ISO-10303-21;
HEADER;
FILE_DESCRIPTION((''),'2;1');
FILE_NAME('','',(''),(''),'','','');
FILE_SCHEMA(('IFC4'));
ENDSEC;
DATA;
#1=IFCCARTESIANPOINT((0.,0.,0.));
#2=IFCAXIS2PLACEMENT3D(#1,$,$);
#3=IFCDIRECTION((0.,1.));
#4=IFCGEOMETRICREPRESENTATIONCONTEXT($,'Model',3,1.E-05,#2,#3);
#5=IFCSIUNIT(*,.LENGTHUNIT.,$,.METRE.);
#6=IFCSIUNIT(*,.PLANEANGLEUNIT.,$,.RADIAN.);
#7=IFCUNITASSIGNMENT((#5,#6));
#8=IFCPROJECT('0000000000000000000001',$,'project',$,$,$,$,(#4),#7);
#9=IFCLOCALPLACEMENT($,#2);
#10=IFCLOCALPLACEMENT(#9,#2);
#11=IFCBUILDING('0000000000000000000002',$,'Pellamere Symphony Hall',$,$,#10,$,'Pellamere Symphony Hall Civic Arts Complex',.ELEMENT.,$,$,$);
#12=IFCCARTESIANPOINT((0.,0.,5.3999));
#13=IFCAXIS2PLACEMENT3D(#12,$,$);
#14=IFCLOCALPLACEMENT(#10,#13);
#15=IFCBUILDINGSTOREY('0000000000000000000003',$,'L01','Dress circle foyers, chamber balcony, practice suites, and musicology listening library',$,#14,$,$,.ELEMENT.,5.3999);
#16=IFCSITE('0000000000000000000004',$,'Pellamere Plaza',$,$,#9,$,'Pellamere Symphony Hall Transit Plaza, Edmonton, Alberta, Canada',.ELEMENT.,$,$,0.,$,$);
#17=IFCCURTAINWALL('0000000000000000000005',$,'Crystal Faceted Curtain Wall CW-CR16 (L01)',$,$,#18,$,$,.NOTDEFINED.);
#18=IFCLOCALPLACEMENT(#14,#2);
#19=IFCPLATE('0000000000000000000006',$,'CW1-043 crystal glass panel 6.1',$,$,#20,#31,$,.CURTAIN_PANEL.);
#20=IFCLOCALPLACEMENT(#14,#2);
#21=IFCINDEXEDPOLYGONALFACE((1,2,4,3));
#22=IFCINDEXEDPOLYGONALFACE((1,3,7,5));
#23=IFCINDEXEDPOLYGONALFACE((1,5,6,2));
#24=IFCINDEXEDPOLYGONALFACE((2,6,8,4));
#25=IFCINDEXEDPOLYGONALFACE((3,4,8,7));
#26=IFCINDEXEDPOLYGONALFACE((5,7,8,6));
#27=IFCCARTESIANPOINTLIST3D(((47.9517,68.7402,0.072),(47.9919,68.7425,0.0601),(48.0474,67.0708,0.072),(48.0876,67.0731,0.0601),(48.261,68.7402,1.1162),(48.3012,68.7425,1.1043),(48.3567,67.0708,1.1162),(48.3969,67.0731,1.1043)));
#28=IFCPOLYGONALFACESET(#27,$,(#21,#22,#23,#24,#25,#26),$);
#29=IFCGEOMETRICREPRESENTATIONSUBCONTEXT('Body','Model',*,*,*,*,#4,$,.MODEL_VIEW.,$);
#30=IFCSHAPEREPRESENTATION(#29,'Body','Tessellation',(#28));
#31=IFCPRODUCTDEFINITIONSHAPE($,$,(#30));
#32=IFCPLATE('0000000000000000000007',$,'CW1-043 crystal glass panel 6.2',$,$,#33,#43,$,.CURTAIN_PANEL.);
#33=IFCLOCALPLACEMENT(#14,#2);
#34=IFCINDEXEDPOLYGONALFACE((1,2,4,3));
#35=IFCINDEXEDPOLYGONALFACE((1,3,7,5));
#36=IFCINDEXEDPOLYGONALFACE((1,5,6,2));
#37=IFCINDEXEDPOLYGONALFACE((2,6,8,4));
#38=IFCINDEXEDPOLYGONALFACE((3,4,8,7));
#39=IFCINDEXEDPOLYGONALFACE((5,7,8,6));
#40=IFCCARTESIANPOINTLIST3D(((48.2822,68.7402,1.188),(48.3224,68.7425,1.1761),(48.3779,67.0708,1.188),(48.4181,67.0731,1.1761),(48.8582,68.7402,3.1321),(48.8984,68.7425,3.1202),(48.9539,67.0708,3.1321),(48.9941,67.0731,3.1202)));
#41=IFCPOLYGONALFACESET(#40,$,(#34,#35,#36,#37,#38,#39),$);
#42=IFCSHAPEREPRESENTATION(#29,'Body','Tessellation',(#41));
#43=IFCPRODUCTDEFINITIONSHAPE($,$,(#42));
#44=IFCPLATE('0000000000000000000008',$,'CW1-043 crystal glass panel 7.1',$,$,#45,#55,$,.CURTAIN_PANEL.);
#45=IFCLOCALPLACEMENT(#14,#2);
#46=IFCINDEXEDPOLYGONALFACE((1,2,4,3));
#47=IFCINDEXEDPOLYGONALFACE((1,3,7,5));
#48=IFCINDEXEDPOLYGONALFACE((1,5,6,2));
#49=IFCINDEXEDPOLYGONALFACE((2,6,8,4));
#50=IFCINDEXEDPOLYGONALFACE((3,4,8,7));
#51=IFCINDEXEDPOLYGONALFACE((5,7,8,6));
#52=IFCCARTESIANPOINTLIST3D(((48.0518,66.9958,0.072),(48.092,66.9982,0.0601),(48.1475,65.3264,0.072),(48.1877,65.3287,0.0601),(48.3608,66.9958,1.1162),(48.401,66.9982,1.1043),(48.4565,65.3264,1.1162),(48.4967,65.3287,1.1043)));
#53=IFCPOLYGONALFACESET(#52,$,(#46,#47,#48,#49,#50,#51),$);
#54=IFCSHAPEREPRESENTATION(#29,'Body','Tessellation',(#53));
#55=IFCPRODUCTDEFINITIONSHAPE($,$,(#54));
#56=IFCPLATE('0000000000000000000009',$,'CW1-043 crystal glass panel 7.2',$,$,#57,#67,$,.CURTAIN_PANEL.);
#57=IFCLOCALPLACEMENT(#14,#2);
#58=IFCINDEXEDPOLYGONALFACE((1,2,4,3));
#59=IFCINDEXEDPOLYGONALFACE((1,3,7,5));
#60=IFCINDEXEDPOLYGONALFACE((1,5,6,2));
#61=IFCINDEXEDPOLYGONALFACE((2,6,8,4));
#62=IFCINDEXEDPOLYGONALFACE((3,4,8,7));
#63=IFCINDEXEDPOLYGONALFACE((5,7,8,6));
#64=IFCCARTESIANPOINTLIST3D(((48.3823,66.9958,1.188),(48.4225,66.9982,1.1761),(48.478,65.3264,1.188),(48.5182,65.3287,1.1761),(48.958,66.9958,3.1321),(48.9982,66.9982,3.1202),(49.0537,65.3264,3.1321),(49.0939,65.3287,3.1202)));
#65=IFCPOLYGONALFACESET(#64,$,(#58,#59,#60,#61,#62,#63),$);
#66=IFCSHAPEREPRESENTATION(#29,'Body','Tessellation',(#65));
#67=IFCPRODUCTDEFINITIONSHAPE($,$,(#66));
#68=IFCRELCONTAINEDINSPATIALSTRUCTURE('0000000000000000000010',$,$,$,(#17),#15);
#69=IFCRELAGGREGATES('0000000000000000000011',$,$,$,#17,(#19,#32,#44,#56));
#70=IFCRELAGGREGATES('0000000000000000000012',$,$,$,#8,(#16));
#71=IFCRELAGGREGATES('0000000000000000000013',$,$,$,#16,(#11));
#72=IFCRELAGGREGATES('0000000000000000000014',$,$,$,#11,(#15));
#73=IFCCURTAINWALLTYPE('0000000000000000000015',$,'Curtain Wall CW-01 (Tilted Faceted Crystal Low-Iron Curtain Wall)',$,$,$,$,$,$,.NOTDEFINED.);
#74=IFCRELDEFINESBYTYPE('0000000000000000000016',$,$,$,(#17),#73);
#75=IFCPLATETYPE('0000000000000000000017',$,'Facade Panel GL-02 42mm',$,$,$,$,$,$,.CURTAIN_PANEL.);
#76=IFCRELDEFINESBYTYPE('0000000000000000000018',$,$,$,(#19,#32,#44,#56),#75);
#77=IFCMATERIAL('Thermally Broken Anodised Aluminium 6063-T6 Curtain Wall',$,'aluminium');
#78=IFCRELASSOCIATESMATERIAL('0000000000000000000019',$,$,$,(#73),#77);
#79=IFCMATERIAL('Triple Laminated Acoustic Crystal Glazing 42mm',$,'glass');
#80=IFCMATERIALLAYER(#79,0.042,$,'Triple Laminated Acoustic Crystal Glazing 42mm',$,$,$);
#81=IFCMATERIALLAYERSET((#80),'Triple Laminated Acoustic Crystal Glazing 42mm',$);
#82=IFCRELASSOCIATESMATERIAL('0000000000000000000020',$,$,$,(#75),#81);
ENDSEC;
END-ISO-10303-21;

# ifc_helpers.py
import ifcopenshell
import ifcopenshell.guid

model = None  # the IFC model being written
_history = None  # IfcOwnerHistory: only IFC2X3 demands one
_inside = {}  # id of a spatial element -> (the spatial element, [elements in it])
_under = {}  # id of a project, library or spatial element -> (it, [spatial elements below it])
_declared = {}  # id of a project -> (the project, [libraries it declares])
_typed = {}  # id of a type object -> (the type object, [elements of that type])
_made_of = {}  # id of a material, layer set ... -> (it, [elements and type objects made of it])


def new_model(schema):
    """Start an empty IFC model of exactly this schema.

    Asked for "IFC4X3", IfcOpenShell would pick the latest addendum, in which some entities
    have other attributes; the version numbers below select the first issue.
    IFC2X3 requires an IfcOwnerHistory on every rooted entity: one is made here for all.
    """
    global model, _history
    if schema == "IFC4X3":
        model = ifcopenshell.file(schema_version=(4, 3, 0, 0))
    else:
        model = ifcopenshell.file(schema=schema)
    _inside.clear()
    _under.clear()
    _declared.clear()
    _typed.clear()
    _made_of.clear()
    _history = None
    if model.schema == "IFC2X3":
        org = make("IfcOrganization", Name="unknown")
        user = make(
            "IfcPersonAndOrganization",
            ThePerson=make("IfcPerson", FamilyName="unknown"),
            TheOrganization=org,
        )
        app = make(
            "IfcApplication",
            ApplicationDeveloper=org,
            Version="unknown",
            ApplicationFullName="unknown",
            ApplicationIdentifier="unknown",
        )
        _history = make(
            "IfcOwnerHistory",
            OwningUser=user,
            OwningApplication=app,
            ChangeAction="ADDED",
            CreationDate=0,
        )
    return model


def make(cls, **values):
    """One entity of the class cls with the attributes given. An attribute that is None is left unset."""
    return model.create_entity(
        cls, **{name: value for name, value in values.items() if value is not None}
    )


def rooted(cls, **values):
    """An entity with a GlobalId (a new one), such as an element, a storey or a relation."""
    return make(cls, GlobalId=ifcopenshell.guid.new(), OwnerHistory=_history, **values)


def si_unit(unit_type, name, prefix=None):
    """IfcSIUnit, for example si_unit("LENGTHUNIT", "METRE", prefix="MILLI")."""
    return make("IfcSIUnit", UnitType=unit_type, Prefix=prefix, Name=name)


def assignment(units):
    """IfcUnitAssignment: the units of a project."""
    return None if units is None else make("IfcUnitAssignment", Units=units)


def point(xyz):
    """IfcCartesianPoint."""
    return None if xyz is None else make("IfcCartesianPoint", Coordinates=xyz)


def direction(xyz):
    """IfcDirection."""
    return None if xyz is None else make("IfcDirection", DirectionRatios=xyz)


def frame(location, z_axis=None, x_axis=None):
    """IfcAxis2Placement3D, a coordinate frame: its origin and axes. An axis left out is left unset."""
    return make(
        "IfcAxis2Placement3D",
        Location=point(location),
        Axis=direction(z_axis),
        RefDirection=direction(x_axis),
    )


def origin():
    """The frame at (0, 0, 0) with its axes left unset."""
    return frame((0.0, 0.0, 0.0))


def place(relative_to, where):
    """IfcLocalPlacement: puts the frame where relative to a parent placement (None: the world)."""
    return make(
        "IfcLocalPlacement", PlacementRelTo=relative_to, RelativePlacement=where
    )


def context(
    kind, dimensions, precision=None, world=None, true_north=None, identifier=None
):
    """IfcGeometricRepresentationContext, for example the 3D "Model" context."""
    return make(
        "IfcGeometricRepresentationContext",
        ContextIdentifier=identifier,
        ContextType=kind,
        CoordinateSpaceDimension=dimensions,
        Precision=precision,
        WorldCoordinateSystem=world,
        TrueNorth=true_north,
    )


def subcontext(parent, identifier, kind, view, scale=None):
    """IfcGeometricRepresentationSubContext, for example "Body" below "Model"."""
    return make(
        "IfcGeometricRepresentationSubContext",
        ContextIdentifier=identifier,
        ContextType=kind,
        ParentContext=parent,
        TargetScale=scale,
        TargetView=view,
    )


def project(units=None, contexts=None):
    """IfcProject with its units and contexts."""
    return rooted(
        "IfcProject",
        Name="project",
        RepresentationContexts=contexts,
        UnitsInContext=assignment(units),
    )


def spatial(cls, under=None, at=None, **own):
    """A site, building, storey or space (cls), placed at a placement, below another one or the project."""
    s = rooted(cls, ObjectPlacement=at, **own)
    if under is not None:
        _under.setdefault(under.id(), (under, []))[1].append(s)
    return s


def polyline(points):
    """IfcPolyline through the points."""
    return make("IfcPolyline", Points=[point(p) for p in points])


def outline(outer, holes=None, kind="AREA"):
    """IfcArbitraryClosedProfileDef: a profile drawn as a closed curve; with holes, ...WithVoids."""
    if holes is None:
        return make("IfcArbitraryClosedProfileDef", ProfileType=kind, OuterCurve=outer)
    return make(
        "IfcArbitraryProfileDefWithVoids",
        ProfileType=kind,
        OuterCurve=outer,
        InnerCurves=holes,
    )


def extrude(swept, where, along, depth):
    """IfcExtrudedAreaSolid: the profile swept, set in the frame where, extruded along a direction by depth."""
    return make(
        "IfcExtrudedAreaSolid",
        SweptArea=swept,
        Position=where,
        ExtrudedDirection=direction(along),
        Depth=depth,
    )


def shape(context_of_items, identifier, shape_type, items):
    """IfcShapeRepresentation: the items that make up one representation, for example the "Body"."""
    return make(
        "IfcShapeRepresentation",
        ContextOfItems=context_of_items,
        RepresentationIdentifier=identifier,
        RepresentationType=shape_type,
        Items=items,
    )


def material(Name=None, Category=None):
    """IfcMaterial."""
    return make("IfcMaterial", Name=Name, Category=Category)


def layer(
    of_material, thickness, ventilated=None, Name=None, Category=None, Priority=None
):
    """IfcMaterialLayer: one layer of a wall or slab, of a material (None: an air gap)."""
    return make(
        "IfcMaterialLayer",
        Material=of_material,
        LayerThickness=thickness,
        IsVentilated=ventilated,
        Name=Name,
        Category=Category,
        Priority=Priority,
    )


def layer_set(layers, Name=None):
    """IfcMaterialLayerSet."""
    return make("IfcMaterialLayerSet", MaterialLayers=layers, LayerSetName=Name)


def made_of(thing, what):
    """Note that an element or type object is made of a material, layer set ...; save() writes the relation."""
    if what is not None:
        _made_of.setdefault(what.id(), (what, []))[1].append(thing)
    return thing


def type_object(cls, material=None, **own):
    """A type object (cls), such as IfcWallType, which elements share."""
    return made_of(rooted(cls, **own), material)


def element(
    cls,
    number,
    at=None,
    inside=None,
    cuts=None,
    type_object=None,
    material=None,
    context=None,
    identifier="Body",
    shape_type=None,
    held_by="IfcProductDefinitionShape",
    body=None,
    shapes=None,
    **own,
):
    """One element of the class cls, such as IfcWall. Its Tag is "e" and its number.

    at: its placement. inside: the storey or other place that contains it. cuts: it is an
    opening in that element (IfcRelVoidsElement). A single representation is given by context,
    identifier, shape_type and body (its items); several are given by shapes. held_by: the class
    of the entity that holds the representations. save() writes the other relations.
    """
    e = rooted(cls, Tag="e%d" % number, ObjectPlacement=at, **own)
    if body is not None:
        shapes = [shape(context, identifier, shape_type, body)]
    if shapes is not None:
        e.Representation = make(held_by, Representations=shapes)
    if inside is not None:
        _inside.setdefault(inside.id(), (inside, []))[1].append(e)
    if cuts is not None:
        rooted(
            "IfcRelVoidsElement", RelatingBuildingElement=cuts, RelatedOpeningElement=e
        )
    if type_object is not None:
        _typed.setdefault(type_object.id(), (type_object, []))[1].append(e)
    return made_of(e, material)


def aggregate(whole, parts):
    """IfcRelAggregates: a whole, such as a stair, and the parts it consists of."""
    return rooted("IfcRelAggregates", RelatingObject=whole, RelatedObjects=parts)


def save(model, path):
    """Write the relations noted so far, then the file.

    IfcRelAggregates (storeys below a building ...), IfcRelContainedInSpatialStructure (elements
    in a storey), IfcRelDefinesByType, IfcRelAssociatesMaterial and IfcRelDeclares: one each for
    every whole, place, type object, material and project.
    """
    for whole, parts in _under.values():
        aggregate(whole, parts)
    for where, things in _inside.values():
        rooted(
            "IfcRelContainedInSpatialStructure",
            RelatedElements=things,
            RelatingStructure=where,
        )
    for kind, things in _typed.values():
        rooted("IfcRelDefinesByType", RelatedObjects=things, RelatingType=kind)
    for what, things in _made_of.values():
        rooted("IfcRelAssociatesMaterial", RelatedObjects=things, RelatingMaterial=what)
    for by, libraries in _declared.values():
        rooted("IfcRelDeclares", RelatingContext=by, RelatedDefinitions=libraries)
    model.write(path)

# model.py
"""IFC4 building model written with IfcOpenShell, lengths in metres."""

from ifc_helpers import new_model, si_unit, direction, frame, origin, place, context, subcontext, project, spatial, polyline, outline, extrude, material, layer, layer_set, type_object, element, aggregate, save


model = new_model("IFC4")

# Units and contexts
model_context = context("Model", 3, precision=1e-05, world=origin(), true_north=direction((0.0, 1.0)))
body_context = subcontext(model_context, "Body", "Model", "MODEL_VIEW")
ifc_project = project(units=[si_unit("LENGTHUNIT", "METRE"), si_unit("PLANEANGLEUNIT", "RADIAN")], contexts=[model_context])

# Site, building, storey
site_placement = place(None, origin())
site = spatial("IfcSite", under=ifc_project, at=site_placement, Name="Pellamere Plaza", LongName="Pellamere Symphony Hall Transit Plaza, Edmonton, Alberta, Canada", CompositionType="ELEMENT", RefElevation=0.0)
building_placement = place(site_placement, origin())
building = spatial("IfcBuilding", under=site, at=building_placement, Name="Pellamere Symphony Hall", LongName="Pellamere Symphony Hall Civic Arts Complex", CompositionType="ELEMENT")
storey_placement = place(building_placement, frame((0.0, 0.0, 5.3999)))
storey = spatial("IfcBuildingStorey", under=building, at=storey_placement, Name="L01", Description="Dress circle foyers, chamber balcony, practice suites, and musicology listening library", CompositionType="ELEMENT", Elevation=5.3999)

# Curtain wall, plates
ifc_material_1 = material(Name="Thermally Broken Anodised Aluminium 6063-T6 Curtain Wall", Category="aluminium")
curtain_wall_type = type_object("IfcCurtainWallType", Name="Curtain Wall CW-01 (Tilted Faceted Crystal Low-Iron Curtain Wall)", PredefinedType="NOTDEFINED", material=ifc_material_1)
curtain_wall_placement = place(storey_placement, origin())
curtain_wall = element("IfcCurtainWall", 1, at=curtain_wall_placement, inside=storey, type_object=curtain_wall_type, Name="Crystal Faceted Curtain Wall CW-CR16 (L01)", PredefinedType="NOTDEFINED")
ifc_material_2 = material(Name="Triple Laminated Acoustic Crystal Glazing 42mm", Category="glass")
ifc_layer = layer(ifc_material_2, 0.042, Name="Triple Laminated Acoustic Crystal Glazing 42mm")
ifc_layer_set = layer_set([ifc_layer], Name="Triple Laminated Acoustic Crystal Glazing 42mm")
plate_type = type_object("IfcPlateType", Name="Facade Panel GL-02 42mm", PredefinedType="CURTAIN_PANEL", material=ifc_layer_set)
plate_1_placement = place(storey_placement, frame((47.9517, 68.7402, 0.072), z_axis=(-0.957369, -0.054883, 0.283607), x_axis=(0.057233, -0.998361, 0.0)))
plate_1 = element("IfcPlate", 2, at=plate_1_placement, type_object=plate_type, Name="CW1-043 crystal glass panel 6.1", PredefinedType="CURTAIN_PANEL", context=body_context, shape_type="SweptSolid", body=[
    extrude(outline(polyline([(0.0, 0.0), (1.6722, 0.0), (1.6899, 1.0889), (0.0177, 1.0889), (0.0, 0.0)])), origin(), (0.0, 0.0, -1.0), 0.042),
])
plate_2_placement = place(storey_placement, frame((48.2822, 68.7402, 1.188), z_axis=(-0.957366, -0.054883, 0.283615), x_axis=(0.057233, -0.998361, 0.0)))
plate_2 = element("IfcPlate", 3, at=plate_2_placement, type_object=plate_type, Name="CW1-043 crystal glass panel 6.2", PredefinedType="CURTAIN_PANEL", context=body_context, shape_type="SweptSolid", body=[
    extrude(outline(polyline([(0.0, 0.0), (1.6722, 0.0), (1.7051, 2.0273), (0.033, 2.0273), (0.0, 0.0)])), origin(), (0.0, 0.0, -1.0), 0.042),
])
plate_3_placement = place(storey_placement, frame((48.0518, 66.9958, 0.072), z_axis=(-0.95743, -0.054886, 0.283401), x_axis=(0.057233, -0.998361, 0.0)))
plate_3 = element("IfcPlate", 4, at=plate_3_placement, type_object=plate_type, Name="CW1-043 crystal glass panel 7.1", PredefinedType="CURTAIN_PANEL", context=body_context, shape_type="SweptSolid", body=[
    extrude(outline(polyline([(0.0, 0.0), (1.6722, 0.0), (1.6899, 1.0888), (0.0177, 1.0888), (0.0, 0.0)])), origin(), (0.0, 0.0, -1.0), 0.042),
])
plate_4_placement = place(storey_placement, frame((48.3823, 66.9958, 1.188), z_axis=(-0.957399, -0.054885, 0.283505), x_axis=(0.057233, -0.998361, 0.0)))
plate_4 = element("IfcPlate", 5, at=plate_4_placement, type_object=plate_type, Name="CW1-043 crystal glass panel 7.2", PredefinedType="CURTAIN_PANEL", context=body_context, shape_type="SweptSolid", body=[
    extrude(outline(polyline([(0.0, 0.0), (1.6722, 0.0), (1.7051, 2.0273), (0.0329, 2.0273), (0.0, 0.0)])), origin(), (0.0, 0.0, -1.0), 0.042),
])
aggregate(curtain_wall, [plate_1, plate_2, plate_3, plate_4])

save(model, "model.ifc")
